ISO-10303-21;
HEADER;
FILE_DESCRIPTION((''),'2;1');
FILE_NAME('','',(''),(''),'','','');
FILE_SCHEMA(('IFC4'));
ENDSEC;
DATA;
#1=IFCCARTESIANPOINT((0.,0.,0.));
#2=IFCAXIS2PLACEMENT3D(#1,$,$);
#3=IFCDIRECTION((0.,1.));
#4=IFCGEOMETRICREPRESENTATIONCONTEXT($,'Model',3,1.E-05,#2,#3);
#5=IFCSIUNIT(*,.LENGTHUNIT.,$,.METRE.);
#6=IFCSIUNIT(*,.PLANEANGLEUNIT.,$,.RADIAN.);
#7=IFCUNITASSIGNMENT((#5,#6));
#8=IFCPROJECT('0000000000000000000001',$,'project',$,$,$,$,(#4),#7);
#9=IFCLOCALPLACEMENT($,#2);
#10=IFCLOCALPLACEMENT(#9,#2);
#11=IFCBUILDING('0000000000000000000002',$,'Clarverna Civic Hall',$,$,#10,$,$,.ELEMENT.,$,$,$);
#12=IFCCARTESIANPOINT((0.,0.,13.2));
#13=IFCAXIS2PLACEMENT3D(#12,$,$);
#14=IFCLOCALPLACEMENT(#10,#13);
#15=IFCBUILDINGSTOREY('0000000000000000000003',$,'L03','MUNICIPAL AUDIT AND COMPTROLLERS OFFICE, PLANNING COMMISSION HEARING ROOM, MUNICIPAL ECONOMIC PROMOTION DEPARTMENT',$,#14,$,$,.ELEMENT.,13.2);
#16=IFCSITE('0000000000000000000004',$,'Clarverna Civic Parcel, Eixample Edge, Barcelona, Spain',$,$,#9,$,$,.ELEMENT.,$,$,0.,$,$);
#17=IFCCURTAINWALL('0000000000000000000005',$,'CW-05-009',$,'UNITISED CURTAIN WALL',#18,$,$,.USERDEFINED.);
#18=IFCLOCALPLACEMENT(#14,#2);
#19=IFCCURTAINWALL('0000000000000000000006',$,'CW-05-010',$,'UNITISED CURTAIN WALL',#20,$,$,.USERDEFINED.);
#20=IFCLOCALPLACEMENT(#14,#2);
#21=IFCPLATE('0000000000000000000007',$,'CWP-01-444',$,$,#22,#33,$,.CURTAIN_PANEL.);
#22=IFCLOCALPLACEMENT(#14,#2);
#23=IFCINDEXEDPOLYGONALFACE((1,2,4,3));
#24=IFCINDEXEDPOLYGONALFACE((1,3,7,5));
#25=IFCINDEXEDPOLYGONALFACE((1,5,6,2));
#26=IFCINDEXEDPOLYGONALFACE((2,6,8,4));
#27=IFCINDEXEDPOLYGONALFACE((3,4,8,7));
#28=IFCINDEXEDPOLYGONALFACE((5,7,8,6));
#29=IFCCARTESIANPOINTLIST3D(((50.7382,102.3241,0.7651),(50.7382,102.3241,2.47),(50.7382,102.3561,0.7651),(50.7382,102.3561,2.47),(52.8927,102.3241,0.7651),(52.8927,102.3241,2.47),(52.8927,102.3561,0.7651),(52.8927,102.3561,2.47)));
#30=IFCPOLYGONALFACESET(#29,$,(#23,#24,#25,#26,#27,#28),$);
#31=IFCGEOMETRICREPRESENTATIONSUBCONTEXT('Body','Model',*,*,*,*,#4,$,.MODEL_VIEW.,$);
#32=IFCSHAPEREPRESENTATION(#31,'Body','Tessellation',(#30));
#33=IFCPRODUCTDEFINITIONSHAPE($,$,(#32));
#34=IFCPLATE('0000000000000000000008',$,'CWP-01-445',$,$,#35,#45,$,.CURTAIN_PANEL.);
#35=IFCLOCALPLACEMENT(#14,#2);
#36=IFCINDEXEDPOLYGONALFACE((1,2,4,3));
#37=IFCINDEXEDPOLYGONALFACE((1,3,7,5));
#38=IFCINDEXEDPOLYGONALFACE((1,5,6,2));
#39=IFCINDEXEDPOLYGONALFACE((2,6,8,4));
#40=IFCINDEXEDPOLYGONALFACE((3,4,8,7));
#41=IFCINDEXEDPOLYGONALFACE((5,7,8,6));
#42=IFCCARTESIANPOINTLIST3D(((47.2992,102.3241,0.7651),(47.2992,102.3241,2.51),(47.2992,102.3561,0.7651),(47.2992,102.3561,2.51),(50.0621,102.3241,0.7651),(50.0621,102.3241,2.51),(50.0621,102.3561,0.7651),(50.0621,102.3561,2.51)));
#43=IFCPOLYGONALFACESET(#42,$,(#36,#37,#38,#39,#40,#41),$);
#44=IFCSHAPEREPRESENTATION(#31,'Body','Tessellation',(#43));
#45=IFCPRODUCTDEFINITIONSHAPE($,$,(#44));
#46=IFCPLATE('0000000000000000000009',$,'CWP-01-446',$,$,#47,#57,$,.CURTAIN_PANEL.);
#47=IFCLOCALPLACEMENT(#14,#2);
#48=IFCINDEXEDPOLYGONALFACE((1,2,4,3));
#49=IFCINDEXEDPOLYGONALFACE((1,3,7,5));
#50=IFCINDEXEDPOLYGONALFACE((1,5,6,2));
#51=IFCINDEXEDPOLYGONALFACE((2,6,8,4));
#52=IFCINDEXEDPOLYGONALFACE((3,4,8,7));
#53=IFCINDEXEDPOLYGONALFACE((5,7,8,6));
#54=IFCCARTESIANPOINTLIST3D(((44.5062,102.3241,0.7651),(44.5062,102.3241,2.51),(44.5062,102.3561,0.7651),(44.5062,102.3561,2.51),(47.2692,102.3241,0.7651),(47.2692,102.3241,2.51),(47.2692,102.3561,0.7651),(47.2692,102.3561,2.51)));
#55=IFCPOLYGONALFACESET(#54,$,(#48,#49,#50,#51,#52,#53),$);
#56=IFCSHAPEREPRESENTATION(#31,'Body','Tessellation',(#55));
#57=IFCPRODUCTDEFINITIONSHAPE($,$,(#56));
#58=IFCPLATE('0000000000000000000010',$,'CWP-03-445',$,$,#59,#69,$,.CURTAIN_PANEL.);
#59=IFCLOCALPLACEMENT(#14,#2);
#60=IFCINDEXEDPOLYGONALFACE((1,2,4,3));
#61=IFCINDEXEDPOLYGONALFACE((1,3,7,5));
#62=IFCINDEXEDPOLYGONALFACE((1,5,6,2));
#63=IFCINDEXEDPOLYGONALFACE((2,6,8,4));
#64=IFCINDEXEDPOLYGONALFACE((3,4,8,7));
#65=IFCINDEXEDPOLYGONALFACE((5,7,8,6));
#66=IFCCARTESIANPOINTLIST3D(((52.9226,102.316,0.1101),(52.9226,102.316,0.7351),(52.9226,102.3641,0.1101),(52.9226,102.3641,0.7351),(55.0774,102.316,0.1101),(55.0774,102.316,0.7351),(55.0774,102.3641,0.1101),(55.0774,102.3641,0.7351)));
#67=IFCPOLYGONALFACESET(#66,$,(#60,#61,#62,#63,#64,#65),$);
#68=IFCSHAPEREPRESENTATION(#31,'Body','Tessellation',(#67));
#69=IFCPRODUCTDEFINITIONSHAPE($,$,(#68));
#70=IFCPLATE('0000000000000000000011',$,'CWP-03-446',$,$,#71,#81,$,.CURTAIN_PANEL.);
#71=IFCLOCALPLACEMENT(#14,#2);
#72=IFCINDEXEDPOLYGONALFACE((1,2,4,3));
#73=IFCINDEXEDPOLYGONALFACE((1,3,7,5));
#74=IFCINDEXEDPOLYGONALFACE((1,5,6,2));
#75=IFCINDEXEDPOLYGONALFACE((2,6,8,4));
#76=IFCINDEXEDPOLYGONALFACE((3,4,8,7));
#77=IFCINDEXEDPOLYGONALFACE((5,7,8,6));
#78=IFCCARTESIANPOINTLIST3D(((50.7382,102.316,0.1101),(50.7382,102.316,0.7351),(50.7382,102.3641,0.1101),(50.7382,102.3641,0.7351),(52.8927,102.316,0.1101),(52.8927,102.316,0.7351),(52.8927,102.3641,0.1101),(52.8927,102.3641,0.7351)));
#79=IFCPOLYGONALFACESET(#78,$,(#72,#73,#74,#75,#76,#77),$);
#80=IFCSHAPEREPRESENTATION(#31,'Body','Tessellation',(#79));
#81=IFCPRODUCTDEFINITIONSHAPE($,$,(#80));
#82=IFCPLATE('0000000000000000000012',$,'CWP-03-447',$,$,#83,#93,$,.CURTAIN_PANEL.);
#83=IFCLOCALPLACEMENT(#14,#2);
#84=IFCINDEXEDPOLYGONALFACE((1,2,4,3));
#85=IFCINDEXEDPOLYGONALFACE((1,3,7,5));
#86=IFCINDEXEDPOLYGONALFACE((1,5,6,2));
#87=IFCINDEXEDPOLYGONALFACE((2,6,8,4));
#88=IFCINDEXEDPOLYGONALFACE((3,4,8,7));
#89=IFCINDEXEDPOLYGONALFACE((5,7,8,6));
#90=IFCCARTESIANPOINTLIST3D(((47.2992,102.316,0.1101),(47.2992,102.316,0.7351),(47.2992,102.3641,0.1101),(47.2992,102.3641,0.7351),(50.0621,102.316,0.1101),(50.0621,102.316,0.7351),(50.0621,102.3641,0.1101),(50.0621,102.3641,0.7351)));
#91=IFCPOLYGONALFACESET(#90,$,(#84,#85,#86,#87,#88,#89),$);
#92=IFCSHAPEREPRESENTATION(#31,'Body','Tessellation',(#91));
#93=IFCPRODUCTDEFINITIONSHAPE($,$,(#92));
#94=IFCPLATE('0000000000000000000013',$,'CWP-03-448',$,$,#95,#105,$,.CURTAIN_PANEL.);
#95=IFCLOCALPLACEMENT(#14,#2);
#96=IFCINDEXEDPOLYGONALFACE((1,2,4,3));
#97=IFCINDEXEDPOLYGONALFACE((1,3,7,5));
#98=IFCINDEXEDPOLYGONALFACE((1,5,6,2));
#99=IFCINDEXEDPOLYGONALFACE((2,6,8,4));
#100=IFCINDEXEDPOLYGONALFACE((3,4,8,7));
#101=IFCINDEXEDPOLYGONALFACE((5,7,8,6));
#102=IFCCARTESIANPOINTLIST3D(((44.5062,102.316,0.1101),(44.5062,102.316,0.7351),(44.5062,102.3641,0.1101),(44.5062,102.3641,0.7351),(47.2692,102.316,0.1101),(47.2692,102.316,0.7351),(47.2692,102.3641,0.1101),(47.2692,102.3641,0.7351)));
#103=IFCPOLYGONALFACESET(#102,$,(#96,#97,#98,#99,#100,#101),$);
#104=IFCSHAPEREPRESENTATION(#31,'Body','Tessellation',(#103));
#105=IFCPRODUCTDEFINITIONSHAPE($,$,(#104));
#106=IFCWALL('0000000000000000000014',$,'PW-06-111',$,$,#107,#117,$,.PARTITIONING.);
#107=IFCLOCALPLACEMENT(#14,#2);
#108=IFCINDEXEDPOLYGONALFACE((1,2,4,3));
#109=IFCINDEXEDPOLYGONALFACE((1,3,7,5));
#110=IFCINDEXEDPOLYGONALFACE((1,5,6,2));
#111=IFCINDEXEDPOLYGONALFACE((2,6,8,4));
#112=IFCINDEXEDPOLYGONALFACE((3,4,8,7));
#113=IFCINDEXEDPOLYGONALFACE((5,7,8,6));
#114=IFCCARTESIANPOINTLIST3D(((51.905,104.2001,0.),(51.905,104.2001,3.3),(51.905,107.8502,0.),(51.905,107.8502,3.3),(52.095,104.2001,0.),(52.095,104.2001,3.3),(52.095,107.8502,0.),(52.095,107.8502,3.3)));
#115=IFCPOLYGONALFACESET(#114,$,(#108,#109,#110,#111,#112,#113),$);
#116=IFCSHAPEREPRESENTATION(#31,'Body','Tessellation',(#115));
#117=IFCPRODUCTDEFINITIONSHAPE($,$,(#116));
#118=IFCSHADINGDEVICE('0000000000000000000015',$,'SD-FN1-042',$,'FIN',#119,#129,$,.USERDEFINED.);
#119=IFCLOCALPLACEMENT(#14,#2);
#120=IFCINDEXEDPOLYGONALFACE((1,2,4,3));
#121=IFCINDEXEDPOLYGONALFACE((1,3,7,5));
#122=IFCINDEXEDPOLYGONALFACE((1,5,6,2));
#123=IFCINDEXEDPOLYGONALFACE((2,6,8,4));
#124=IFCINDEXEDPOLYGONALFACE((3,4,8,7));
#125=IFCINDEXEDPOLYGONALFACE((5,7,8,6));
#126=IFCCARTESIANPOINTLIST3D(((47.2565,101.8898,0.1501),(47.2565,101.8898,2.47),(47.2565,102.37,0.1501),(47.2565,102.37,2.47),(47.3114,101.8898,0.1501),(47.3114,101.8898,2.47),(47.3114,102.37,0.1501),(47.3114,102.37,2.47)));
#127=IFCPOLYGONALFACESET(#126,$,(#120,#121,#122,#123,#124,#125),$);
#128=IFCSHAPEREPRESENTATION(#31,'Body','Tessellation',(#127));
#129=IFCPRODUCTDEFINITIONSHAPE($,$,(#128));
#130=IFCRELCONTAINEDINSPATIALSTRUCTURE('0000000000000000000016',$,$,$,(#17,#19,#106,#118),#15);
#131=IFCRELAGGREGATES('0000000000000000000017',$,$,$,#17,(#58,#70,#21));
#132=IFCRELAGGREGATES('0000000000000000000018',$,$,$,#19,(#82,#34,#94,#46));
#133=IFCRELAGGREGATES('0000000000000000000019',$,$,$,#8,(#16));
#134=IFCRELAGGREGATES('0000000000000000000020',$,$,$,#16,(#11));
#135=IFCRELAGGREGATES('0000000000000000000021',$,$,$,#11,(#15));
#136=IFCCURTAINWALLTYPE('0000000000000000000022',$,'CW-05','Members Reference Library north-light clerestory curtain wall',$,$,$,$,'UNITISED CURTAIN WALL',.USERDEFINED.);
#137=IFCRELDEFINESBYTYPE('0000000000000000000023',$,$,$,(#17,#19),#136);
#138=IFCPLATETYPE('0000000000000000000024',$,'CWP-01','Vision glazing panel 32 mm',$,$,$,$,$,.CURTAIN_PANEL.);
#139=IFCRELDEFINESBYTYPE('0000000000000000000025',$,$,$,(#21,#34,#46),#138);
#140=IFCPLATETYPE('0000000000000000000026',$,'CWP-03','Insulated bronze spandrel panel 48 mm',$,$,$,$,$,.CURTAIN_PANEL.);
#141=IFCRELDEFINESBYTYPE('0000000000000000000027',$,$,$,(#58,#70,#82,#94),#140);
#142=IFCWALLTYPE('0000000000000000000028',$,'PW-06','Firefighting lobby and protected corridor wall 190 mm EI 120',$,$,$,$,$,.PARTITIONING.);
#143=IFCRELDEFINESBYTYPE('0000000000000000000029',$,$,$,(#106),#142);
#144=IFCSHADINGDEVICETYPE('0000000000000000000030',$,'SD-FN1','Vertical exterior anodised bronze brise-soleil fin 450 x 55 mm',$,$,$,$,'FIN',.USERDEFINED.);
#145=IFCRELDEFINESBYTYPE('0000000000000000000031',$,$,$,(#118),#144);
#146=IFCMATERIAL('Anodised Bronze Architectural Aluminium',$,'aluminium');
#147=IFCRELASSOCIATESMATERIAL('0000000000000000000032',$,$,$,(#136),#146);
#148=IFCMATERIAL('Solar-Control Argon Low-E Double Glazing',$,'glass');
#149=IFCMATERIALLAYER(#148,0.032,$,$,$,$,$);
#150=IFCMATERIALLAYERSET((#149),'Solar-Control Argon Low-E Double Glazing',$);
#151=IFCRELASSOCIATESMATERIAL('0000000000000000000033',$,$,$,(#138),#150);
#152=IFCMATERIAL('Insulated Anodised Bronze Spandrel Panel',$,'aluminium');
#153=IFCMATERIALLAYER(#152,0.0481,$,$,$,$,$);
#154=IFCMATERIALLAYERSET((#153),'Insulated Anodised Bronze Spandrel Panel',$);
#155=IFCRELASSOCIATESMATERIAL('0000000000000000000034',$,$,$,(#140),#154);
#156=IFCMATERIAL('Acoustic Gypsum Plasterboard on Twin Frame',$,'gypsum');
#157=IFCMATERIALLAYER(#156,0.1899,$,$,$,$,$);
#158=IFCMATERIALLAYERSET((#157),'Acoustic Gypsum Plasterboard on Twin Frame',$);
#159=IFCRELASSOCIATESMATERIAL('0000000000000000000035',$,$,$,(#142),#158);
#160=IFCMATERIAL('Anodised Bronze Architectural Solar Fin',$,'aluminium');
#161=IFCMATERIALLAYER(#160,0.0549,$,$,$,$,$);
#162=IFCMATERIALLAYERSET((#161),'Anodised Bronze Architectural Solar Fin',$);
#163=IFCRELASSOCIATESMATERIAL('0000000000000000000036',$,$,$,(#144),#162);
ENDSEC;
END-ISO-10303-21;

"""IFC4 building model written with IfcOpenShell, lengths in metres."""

from ifc_helpers import new_model, si_unit, direction, frame, frame_2d, origin, place, context, subcontext, project, spatial, rectangle, extrude, material, layer, layer_set, type_object, element, aggregate, save


model = new_model("IFC4")

# Units and contexts
model_context = context("Model", 3, precision=1e-05, world=origin(), true_north=direction((0.0, 1.0)))
body_context = subcontext(model_context, "Body", "Model", "MODEL_VIEW")
ifc_project = project(units=[si_unit("LENGTHUNIT", "METRE"), si_unit("PLANEANGLEUNIT", "RADIAN")], contexts=[model_context])

# Site, building, storey
site_placement = place(None, origin())
site = spatial("IfcSite", under=ifc_project, at=site_placement, Name="Clarverna Civic Parcel, Eixample Edge, Barcelona, Spain", CompositionType="ELEMENT", RefElevation=0.0)
building_placement = place(site_placement, origin())
building = spatial("IfcBuilding", under=site, at=building_placement, Name="Clarverna Civic Hall", CompositionType="ELEMENT")
storey_placement = place(building_placement, frame((0.0, 0.0, 13.2)))
storey = spatial("IfcBuildingStorey", under=building, at=storey_placement, Name="L03", Description="MUNICIPAL AUDIT AND COMPTROLLERS OFFICE, PLANNING COMMISSION HEARING ROOM, MUNICIPAL ECONOMIC PROMOTION DEPARTMENT", CompositionType="ELEMENT", Elevation=13.2)

# Curtain walls
ifc_material_1 = material(Name="Anodised Bronze Architectural Aluminium", Category="aluminium")
curtain_wall_type = type_object("IfcCurtainWallType", Name="CW-05", Description="Members Reference Library north-light clerestory curtain wall", ElementType="UNITISED CURTAIN WALL", PredefinedType="USERDEFINED", material=ifc_material_1)
curtain_wall_1_placement = place(storey_placement, origin())
curtain_wall_1 = element("IfcCurtainWall", 1, at=curtain_wall_1_placement, inside=storey, type_object=curtain_wall_type, Name="CW-05-009", ObjectType="UNITISED CURTAIN WALL", PredefinedType="USERDEFINED")
curtain_wall_2_placement = place(storey_placement, origin())
curtain_wall_2 = element("IfcCurtainWall", 2, at=curtain_wall_2_placement, inside=storey, type_object=curtain_wall_type, Name="CW-05-010", ObjectType="UNITISED CURTAIN WALL", PredefinedType="USERDEFINED")

# Plates
ifc_material_2 = material(Name="Solar-Control Argon Low-E Double Glazing", Category="glass")
ifc_layer_1 = layer(ifc_material_2, 0.032)
ifc_layer_set_1 = layer_set([ifc_layer_1], Name="Solar-Control Argon Low-E Double Glazing")
plate_type_1 = type_object("IfcPlateType", Name="CWP-01", Description="Vision glazing panel 32 mm", PredefinedType="CURTAIN_PANEL", material=ifc_layer_set_1)
plate_1_placement = place(storey_placement, frame((52.8926, 102.3401, 0.7651), z_axis=(0.0, 0.0, 1.0), x_axis=(-1.0, 0.0, 0.0)))
plate_1 = element("IfcPlate", 3, at=plate_1_placement, type_object=plate_type_1, Name="CWP-01-444", PredefinedType="CURTAIN_PANEL", context=body_context, shape_type="SweptSolid", body=[
    extrude(rectangle(XDim=2.1545, YDim=0.032, at=frame_2d((1.0771, 0.0))), origin(), (0.0, 0.0, 1.0), 1.7048),
])
plate_2_placement = place(storey_placement, frame((50.062, 102.3401, 0.7651), z_axis=(0.0, 0.0, 1.0), x_axis=(-1.0, 0.0, 0.0)))
plate_2 = element("IfcPlate", 4, at=plate_2_placement, type_object=plate_type_1, Name="CWP-01-445", PredefinedType="CURTAIN_PANEL", context=body_context, shape_type="SweptSolid", body=[
    extrude(rectangle(XDim=2.7629, YDim=0.032, at=frame_2d((1.3813, 0.0))), origin(), (0.0, 0.0, 1.0), 1.7449),
])
plate_3_placement = place(storey_placement, frame((47.269, 102.3401, 0.7651), z_axis=(0.0, 0.0, 1.0), x_axis=(-1.0, 0.0, 0.0)))
plate_3 = element("IfcPlate", 5, at=plate_3_placement, type_object=plate_type_1, Name="CWP-01-446", PredefinedType="CURTAIN_PANEL", context=body_context, shape_type="SweptSolid", body=[
    extrude(rectangle(XDim=2.7629, YDim=0.032, at=frame_2d((1.3813, 0.0))), origin(), (0.0, 0.0, 1.0), 1.7449),
])
ifc_material_3 = material(Name="Insulated Anodised Bronze Spandrel Panel", Category="aluminium")
ifc_layer_2 = layer(ifc_material_3, 0.0481)
ifc_layer_set_2 = layer_set([ifc_layer_2], Name="Insulated Anodised Bronze Spandrel Panel")
plate_type_2 = type_object("IfcPlateType", Name="CWP-03", Description="Insulated bronze spandrel panel 48 mm", PredefinedType="CURTAIN_PANEL", material=ifc_layer_set_2)
plate_4_placement = place(storey_placement, frame((55.0774, 102.3401, 0.1101), z_axis=(0.0, 0.0, 1.0), x_axis=(-1.0, 0.0, 0.0)))
plate_4 = element("IfcPlate", 6, at=plate_4_placement, type_object=plate_type_2, Name="CWP-03-445", PredefinedType="CURTAIN_PANEL", context=body_context, shape_type="SweptSolid", body=[
    extrude(rectangle(XDim=2.1548, YDim=0.0481, at=frame_2d((1.0774, 0.0))), origin(), (0.0, 0.0, 1.0), 0.625),
])
plate_5_placement = place(storey_placement, frame((52.8926, 102.3401, 0.1101), z_axis=(0.0, 0.0, 1.0), x_axis=(-1.0, 0.0, 0.0)))
plate_5 = element("IfcPlate", 7, at=plate_5_placement, type_object=plate_type_2, Name="CWP-03-446", PredefinedType="CURTAIN_PANEL", context=body_context, shape_type="SweptSolid", body=[
    extrude(rectangle(XDim=2.1545, YDim=0.0481, at=frame_2d((1.0771, 0.0))), origin(), (0.0, 0.0, 1.0), 0.625),
])
aggregate(curtain_wall_1, [plate_4, plate_5, plate_1])
plate_6_placement = place(storey_placement, frame((50.062, 102.3401, 0.1101), z_axis=(0.0, 0.0, 1.0), x_axis=(-1.0, 0.0, 0.0)))
plate_6 = element("IfcPlate", 8, at=plate_6_placement, type_object=plate_type_2, Name="CWP-03-447", PredefinedType="CURTAIN_PANEL", context=body_context, shape_type="SweptSolid", body=[
    extrude(rectangle(XDim=2.7629, YDim=0.0481, at=frame_2d((1.3813, 0.0))), origin(), (0.0, 0.0, 1.0), 0.625),
])
plate_7_placement = place(storey_placement, frame((47.269, 102.3401, 0.1101), z_axis=(0.0, 0.0, 1.0), x_axis=(-1.0, 0.0, 0.0)))
plate_7 = element("IfcPlate", 9, at=plate_7_placement, type_object=plate_type_2, Name="CWP-03-448", PredefinedType="CURTAIN_PANEL", context=body_context, shape_type="SweptSolid", body=[
    extrude(rectangle(XDim=2.7629, YDim=0.0481, at=frame_2d((1.3813, 0.0))), origin(), (0.0, 0.0, 1.0), 0.625),
])
aggregate(curtain_wall_2, [plate_6, plate_2, plate_7, plate_3])

# Wall
ifc_material_4 = material(Name="Acoustic Gypsum Plasterboard on Twin Frame", Category="gypsum")
ifc_layer_3 = layer(ifc_material_4, 0.1899)
ifc_layer_set_3 = layer_set([ifc_layer_3], Name="Acoustic Gypsum Plasterboard on Twin Frame")
wall_type_1 = type_object("IfcWallType", Name="PW-06", Description="Firefighting lobby and protected corridor wall 190 mm EI 120", PredefinedType="PARTITIONING", material=ifc_layer_set_3)
wall_1_placement = place(storey_placement, frame((52.0, 104.2, 0.0), z_axis=(0.0, 0.0, 1.0), x_axis=(0.0, 1.0, 0.0)))
element("IfcWall", 10, at=wall_1_placement, inside=storey, type_object=wall_type_1, Name="PW-06-111", PredefinedType="PARTITIONING", context=body_context, shape_type="SweptSolid", body=[
    extrude(rectangle(XDim=3.6501, YDim=0.1899, at=frame_2d((1.8252, 0.0))), origin(), (0.0, 0.0, 1.0), 3.3),
])

# Shading device
ifc_material_5 = material(Name="Anodised Bronze Architectural Solar Fin", Category="aluminium")
ifc_layer_4 = layer(ifc_material_5, 0.0549)
ifc_layer_set_4 = layer_set([ifc_layer_4], Name="Anodised Bronze Architectural Solar Fin")
shading_device_type = type_object("IfcShadingDeviceType", Name="SD-FN1", Description="Vertical exterior anodised bronze brise-soleil fin 450 x 55 mm", ElementType="FIN", PredefinedType="USERDEFINED", material=ifc_layer_set_4)
shading_device_placement = place(storey_placement, frame((47.2839, 102.3701, 0.1501), z_axis=(0.0, 0.0, 1.0), x_axis=(0.0, -1.0, 0.0)))
element("IfcShadingDevice", 11, at=shading_device_placement, inside=storey, type_object=shading_device_type, Name="SD-FN1-042", ObjectType="FIN", PredefinedType="USERDEFINED", context=body_context, shape_type="SweptSolid", body=[
    extrude(rectangle(XDim=0.4802, YDim=0.0549, at=frame_2d((0.2402, 0.0))), origin(), (0.0, 0.0, 1.0), 2.3198),
])

save(model, "model.ifc")
